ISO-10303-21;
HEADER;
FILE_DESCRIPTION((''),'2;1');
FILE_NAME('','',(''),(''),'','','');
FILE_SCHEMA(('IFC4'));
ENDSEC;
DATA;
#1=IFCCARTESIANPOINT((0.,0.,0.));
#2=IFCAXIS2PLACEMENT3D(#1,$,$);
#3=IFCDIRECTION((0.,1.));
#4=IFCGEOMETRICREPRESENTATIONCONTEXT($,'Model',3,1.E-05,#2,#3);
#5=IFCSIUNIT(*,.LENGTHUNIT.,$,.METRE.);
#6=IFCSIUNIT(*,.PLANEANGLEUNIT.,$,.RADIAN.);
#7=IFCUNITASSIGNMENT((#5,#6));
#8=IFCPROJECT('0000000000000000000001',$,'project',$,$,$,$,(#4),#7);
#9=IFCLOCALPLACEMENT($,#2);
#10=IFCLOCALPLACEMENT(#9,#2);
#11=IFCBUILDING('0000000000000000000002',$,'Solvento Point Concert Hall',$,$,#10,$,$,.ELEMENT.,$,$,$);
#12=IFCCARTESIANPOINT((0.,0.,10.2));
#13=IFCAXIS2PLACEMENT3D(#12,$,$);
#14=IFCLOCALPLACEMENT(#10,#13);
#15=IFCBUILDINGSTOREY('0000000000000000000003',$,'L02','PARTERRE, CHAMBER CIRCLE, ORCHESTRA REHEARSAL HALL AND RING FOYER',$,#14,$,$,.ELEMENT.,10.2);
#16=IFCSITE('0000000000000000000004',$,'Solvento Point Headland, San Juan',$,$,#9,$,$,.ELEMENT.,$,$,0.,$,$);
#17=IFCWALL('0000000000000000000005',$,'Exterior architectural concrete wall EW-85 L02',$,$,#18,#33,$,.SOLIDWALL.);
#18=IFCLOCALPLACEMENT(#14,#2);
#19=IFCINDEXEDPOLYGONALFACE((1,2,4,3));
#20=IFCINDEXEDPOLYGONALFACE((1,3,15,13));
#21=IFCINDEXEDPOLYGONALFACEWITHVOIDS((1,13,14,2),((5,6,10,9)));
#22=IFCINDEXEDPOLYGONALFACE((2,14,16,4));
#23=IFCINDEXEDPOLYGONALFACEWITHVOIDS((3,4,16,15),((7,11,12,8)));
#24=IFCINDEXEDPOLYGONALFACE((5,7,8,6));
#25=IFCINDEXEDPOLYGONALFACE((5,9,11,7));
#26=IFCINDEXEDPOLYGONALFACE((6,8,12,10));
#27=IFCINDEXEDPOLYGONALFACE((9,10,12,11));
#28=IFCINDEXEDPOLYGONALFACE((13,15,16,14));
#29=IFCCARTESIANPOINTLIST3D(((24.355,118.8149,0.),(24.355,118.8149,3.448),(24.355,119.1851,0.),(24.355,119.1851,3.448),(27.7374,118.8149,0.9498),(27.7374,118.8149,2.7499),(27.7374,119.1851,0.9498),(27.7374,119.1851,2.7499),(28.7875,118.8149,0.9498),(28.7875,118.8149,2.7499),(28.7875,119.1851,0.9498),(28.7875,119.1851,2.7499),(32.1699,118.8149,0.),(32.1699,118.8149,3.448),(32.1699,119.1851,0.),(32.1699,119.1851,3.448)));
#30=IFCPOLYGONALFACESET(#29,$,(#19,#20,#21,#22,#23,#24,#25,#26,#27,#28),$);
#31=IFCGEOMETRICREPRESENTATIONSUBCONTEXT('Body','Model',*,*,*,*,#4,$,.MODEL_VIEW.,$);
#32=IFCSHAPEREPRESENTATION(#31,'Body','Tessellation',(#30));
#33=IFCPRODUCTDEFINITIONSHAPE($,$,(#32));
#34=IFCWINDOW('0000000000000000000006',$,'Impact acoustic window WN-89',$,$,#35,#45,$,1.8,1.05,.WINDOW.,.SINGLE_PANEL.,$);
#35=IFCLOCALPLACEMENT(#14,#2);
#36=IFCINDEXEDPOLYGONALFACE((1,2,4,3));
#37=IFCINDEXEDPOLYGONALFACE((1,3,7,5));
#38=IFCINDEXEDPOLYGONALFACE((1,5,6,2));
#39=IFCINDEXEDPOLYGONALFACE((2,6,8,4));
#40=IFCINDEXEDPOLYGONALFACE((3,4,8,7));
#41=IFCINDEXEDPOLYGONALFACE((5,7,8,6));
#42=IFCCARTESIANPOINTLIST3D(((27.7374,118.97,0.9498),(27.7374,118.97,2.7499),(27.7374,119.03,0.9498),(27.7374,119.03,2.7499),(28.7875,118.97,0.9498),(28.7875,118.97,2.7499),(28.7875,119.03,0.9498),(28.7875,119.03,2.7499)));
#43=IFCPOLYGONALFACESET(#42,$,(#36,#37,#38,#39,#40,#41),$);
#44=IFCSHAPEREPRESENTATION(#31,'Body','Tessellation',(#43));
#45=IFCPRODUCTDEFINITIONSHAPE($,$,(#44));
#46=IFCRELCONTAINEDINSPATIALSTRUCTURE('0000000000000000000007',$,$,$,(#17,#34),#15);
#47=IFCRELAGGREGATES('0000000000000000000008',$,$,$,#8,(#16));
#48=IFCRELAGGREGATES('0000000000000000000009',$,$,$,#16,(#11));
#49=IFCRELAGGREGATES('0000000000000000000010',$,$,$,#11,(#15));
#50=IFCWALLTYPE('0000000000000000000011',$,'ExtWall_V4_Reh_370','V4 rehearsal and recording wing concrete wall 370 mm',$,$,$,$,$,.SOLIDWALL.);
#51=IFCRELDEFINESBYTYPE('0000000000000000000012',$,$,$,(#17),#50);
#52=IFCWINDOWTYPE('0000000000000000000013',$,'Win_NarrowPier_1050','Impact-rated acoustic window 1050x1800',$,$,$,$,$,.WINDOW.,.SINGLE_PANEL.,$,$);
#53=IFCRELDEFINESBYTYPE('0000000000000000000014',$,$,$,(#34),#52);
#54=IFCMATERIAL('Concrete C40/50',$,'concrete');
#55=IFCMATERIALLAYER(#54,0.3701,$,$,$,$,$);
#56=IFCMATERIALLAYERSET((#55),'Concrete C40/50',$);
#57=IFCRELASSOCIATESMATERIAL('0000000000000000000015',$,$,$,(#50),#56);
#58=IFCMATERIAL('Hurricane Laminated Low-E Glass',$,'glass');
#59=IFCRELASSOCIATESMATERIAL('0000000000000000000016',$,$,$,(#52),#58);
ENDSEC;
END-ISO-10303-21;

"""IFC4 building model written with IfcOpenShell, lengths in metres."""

from ifc_helpers import new_model, si_unit, direction, frame, frame_2d, origin, place, context, subcontext, project, spatial, rectangle, extrude, material, layer, layer_set, type_object, element, fill, save


model = new_model("IFC4")

# Units and contexts
model_context = context("Model", 3, precision=1e-05, world=origin(), true_north=direction((0.0, 1.0)))
body_context = subcontext(model_context, "Body", "Model", "MODEL_VIEW")
ifc_project = project(units=[si_unit("LENGTHUNIT", "METRE"), si_unit("PLANEANGLEUNIT", "RADIAN")], contexts=[model_context])

# Site, building, storey
site_placement = place(None, origin())
site = spatial("IfcSite", under=ifc_project, at=site_placement, Name="Solvento Point Headland, San Juan", CompositionType="ELEMENT", RefElevation=0.0)
building_placement = place(site_placement, origin())
building = spatial("IfcBuilding", under=site, at=building_placement, Name="Solvento Point Concert Hall", CompositionType="ELEMENT")
storey_placement = place(building_placement, frame((0.0, 0.0, 10.2)))
storey = spatial("IfcBuildingStorey", under=building, at=storey_placement, Name="L02", Description="PARTERRE, CHAMBER CIRCLE, ORCHESTRA REHEARSAL HALL AND RING FOYER", CompositionType="ELEMENT", Elevation=10.2)

# Wall, opening, window
ifc_material_1 = material(Name="Concrete C40/50", Category="concrete")
ifc_layer_1 = layer(ifc_material_1, 0.3701)
ifc_layer_set_1 = layer_set([ifc_layer_1], Name="Concrete C40/50")
wall_type_1 = type_object("IfcWallType", Name="ExtWall_V4_Reh_370", Description="V4 rehearsal and recording wing concrete wall 370 mm", PredefinedType="SOLIDWALL", material=ifc_layer_set_1)
wall_1_placement = place(storey_placement, frame((32.1699, 119.0, 0.0), z_axis=(0.0, 0.0, 1.0), x_axis=(-1.0, 0.0, 0.0)))
wall_1 = element("IfcWall", 1, at=wall_1_placement, inside=storey, type_object=wall_type_1, Name="Exterior architectural concrete wall EW-85 L02", PredefinedType="SOLIDWALL", context=body_context, shape_type="SweptSolid", body=[
    extrude(rectangle(XDim=7.8149, YDim=0.3701, at=frame_2d((3.9075, 0.0))), origin(), (0.0, 0.0, 1.0), 3.448),
])
opening_1_placement = place(wall_1_placement, frame((3.3826, 0.0, 0.95)))
opening_1 = element("IfcOpeningElement", 2, at=opening_1_placement, cuts=wall_1, PredefinedType="OPENING", context=body_context, shape_type="SweptSolid", body=[
    extrude(rectangle(XDim=1.05, YDim=1.8, at=frame_2d((0.5249, 0.8999))), frame((0.0, 0.1951, 0.0), z_axis=(0.0, -1.0, 0.0), x_axis=(1.0, 0.0, 0.0)), (0.0, 0.0, 1.0), 0.3901),
])
ifc_material_2 = material(Name="Hurricane Laminated Low-E Glass", Category="glass")
window_type_1 = type_object("IfcWindowType", Name="Win_NarrowPier_1050", Description="Impact-rated acoustic window 1050x1800", PartitioningType="SINGLE_PANEL", PredefinedType="WINDOW", material=ifc_material_2)
window_1_placement = place(opening_1_placement, origin())
window_1 = element("IfcWindow", 3, at=window_1_placement, inside=storey, type_object=window_type_1, Name="Impact acoustic window WN-89", OverallHeight=1.8, OverallWidth=1.05, PartitioningType="SINGLE_PANEL", PredefinedType="WINDOW", context=body_context, shape_type="SweptSolid", body=[
    extrude(rectangle(XDim=1.05, YDim=1.8, at=frame_2d((0.5249, 0.8999))), frame((0.0, 0.03, 0.0), z_axis=(0.0, -1.0, 0.0), x_axis=(1.0, 0.0, 0.0)), (0.0, 0.0, 1.0), 0.0601),
])
fill(opening_1, window_1)

save(model, "model.ifc")
